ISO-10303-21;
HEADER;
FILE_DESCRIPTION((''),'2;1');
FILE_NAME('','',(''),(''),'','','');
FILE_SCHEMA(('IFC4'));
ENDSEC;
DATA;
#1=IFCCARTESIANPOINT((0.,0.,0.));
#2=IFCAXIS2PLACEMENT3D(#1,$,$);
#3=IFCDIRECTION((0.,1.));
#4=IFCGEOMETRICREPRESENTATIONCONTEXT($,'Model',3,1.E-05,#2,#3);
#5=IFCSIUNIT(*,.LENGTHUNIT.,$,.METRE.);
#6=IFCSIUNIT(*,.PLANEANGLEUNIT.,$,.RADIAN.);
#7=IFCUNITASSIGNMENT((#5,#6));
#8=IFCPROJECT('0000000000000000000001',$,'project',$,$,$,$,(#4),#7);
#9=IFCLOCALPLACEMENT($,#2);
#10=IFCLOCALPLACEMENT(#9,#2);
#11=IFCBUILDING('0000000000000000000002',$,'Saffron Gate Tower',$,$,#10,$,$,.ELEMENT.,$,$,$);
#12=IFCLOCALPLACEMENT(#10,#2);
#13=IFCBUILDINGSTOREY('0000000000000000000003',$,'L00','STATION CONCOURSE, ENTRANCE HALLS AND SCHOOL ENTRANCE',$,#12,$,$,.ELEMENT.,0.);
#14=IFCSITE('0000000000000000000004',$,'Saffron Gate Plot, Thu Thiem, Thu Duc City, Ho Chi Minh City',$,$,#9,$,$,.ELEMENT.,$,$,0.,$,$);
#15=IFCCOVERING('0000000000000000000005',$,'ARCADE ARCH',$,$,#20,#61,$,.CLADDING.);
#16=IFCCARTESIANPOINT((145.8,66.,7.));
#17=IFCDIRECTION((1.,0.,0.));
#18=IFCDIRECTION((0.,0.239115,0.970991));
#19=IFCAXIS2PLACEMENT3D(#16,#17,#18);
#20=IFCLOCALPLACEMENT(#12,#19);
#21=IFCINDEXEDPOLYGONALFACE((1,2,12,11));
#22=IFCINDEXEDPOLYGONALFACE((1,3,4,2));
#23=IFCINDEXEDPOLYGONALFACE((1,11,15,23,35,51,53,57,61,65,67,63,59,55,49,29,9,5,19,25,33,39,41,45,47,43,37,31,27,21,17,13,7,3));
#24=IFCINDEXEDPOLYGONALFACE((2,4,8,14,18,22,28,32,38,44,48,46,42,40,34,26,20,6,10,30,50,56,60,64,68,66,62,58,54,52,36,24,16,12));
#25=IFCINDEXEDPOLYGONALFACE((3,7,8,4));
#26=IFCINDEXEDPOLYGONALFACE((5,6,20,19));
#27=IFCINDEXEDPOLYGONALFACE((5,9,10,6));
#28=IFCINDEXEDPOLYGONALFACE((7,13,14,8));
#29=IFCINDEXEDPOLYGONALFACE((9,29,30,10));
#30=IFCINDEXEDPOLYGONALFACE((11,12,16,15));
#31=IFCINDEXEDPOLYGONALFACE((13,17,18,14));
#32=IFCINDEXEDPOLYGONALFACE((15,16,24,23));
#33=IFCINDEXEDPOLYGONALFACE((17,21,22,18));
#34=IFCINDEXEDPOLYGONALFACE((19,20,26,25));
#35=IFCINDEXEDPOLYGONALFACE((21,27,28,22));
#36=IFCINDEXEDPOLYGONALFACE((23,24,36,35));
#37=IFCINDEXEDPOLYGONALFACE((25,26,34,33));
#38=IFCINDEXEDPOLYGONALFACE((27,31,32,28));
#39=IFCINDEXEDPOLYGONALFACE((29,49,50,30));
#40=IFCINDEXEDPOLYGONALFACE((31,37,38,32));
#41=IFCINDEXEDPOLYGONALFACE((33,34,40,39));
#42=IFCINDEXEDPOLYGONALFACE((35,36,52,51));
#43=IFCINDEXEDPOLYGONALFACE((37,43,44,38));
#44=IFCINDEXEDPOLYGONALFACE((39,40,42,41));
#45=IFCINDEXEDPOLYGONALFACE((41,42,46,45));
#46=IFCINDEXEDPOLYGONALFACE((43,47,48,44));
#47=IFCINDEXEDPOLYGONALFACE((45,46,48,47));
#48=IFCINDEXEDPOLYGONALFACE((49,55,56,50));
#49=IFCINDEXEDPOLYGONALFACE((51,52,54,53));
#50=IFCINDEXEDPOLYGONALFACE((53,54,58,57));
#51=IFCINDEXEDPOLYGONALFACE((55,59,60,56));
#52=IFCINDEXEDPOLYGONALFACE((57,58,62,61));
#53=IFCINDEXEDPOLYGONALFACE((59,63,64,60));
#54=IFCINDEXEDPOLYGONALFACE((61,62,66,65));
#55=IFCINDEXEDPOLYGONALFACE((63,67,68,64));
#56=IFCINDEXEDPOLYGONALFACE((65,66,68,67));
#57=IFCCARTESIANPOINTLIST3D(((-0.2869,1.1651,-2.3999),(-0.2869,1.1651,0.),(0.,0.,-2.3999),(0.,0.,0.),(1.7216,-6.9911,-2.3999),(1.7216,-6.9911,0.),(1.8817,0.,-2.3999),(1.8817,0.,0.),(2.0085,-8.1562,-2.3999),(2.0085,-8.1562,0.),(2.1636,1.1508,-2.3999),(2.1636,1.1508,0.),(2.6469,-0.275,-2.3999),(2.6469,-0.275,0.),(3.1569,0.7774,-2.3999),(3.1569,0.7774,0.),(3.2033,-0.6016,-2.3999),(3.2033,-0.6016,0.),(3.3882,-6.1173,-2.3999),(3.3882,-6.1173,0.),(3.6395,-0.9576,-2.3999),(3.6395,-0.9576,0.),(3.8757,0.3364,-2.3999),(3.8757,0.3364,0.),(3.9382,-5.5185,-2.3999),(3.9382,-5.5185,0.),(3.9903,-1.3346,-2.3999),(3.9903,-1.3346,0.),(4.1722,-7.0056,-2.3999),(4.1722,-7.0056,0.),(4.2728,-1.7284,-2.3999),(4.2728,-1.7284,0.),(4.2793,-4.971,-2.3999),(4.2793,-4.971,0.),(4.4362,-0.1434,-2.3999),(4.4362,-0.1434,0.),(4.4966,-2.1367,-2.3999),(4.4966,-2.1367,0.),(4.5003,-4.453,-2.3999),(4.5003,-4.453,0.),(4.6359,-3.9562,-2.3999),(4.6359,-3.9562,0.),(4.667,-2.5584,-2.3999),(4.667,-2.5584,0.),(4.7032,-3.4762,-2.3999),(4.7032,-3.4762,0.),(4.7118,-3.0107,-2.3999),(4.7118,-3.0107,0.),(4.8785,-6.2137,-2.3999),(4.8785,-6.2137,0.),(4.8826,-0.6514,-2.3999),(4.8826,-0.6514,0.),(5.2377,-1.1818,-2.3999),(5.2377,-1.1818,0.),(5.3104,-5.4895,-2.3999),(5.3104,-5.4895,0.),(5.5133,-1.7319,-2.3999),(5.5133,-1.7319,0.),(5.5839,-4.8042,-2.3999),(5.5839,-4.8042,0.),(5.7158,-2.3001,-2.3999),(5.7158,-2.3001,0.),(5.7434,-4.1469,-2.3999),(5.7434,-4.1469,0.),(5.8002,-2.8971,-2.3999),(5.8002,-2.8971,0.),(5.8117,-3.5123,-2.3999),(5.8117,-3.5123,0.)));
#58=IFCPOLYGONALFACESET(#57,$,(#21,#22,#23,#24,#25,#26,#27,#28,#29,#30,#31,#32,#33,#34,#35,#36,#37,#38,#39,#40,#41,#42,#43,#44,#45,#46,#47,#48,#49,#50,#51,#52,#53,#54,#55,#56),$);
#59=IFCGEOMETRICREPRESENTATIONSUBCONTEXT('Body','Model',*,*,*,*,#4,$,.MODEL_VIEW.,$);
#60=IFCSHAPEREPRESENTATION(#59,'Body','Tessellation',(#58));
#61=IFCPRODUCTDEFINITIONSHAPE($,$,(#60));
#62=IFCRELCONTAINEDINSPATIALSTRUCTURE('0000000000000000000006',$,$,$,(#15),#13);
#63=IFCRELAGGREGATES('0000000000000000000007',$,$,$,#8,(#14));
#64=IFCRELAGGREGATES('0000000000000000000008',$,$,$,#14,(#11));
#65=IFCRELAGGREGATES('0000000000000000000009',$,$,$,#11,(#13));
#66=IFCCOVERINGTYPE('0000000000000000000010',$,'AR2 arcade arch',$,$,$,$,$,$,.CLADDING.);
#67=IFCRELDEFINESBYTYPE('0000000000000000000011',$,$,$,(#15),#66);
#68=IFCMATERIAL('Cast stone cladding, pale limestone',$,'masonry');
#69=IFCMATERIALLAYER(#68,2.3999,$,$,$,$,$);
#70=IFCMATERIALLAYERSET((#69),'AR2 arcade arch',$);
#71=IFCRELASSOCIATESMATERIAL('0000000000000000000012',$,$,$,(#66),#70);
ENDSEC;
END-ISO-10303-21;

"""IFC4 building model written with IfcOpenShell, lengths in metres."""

from ifc_helpers import new_model, si_unit, direction, frame, origin, place, context, subcontext, project, spatial, polyline, outline, extrude, material, layer, layer_set, type_object, element, save


model = new_model("IFC4")

# Units and contexts
model_context = context("Model", 3, precision=1e-05, world=origin(), true_north=direction((0.0, 1.0)))
body_context = subcontext(model_context, "Body", "Model", "MODEL_VIEW")
ifc_project = project(units=[si_unit("LENGTHUNIT", "METRE"), si_unit("PLANEANGLEUNIT", "RADIAN")], contexts=[model_context])

# Site, building, storey
site_placement = place(None, origin())
site = spatial("IfcSite", under=ifc_project, at=site_placement, Name="Saffron Gate Plot, Thu Thiem, Thu Duc City, Ho Chi Minh City", CompositionType="ELEMENT", RefElevation=0.0)
building_placement = place(site_placement, origin())
building = spatial("IfcBuilding", under=site, at=building_placement, Name="Saffron Gate Tower", CompositionType="ELEMENT")
storey_placement = place(building_placement, origin())
storey = spatial("IfcBuildingStorey", under=building, at=storey_placement, Name="L00", Description="STATION CONCOURSE, ENTRANCE HALLS AND SCHOOL ENTRANCE", CompositionType="ELEMENT", Elevation=0.0)

# Covering
ifc_material_1 = material(Name="Cast stone cladding, pale limestone", Category="masonry")
ifc_layer_1 = layer(ifc_material_1, 2.3999)
ifc_layer_set_1 = layer_set([ifc_layer_1], Name="AR2 arcade arch")
covering_type = type_object("IfcCoveringType", Name="AR2 arcade arch", PredefinedType="CLADDING", material=ifc_layer_set_1)
covering_placement = place(storey_placement, frame((145.8, 66.0, 7.0), z_axis=(1.0, 0.0, 0.0), x_axis=(0.0, 0.239115, 0.970991)))
element("IfcCovering", 1, at=covering_placement, inside=storey, type_object=covering_type, Name="ARCADE ARCH", PredefinedType="CLADDING", context=body_context, shape_type="SweptSolid", body=[
    extrude(outline(polyline([(0.0, 0.0), (1.8817, 0.0), (2.6469, -0.275), (3.2033, -0.6016), (3.6395, -0.9576), (3.9903, -1.3346), (4.2728, -1.7284), (4.4966, -2.1367), (4.667, -2.5584), (4.7118, -3.0107), (4.7032, -3.4762), (4.6359, -3.9562), (4.5003, -4.453), (4.2793, -4.971), (3.9382, -5.5185), (3.3882, -6.1173), (1.7216, -6.9911), (2.0085, -8.1562), (4.1722, -7.0056), (4.8785, -6.2137), (5.3104, -5.4895), (5.5839, -4.8042), (5.7434, -4.1469), (5.8117, -3.5123), (5.8002, -2.8971), (5.7158, -2.3001), (5.5133, -1.7319), (5.2377, -1.1818), (4.8826, -0.6514), (4.4362, -0.1434), (3.8757, 0.3364), (3.1569, 0.7774), (2.1636, 1.1508), (-0.2869, 1.1651), (0.0, 0.0)])), origin(), (0.0, 0.0, -1.0), 2.3999),
])

save(model, "model.ifc")
